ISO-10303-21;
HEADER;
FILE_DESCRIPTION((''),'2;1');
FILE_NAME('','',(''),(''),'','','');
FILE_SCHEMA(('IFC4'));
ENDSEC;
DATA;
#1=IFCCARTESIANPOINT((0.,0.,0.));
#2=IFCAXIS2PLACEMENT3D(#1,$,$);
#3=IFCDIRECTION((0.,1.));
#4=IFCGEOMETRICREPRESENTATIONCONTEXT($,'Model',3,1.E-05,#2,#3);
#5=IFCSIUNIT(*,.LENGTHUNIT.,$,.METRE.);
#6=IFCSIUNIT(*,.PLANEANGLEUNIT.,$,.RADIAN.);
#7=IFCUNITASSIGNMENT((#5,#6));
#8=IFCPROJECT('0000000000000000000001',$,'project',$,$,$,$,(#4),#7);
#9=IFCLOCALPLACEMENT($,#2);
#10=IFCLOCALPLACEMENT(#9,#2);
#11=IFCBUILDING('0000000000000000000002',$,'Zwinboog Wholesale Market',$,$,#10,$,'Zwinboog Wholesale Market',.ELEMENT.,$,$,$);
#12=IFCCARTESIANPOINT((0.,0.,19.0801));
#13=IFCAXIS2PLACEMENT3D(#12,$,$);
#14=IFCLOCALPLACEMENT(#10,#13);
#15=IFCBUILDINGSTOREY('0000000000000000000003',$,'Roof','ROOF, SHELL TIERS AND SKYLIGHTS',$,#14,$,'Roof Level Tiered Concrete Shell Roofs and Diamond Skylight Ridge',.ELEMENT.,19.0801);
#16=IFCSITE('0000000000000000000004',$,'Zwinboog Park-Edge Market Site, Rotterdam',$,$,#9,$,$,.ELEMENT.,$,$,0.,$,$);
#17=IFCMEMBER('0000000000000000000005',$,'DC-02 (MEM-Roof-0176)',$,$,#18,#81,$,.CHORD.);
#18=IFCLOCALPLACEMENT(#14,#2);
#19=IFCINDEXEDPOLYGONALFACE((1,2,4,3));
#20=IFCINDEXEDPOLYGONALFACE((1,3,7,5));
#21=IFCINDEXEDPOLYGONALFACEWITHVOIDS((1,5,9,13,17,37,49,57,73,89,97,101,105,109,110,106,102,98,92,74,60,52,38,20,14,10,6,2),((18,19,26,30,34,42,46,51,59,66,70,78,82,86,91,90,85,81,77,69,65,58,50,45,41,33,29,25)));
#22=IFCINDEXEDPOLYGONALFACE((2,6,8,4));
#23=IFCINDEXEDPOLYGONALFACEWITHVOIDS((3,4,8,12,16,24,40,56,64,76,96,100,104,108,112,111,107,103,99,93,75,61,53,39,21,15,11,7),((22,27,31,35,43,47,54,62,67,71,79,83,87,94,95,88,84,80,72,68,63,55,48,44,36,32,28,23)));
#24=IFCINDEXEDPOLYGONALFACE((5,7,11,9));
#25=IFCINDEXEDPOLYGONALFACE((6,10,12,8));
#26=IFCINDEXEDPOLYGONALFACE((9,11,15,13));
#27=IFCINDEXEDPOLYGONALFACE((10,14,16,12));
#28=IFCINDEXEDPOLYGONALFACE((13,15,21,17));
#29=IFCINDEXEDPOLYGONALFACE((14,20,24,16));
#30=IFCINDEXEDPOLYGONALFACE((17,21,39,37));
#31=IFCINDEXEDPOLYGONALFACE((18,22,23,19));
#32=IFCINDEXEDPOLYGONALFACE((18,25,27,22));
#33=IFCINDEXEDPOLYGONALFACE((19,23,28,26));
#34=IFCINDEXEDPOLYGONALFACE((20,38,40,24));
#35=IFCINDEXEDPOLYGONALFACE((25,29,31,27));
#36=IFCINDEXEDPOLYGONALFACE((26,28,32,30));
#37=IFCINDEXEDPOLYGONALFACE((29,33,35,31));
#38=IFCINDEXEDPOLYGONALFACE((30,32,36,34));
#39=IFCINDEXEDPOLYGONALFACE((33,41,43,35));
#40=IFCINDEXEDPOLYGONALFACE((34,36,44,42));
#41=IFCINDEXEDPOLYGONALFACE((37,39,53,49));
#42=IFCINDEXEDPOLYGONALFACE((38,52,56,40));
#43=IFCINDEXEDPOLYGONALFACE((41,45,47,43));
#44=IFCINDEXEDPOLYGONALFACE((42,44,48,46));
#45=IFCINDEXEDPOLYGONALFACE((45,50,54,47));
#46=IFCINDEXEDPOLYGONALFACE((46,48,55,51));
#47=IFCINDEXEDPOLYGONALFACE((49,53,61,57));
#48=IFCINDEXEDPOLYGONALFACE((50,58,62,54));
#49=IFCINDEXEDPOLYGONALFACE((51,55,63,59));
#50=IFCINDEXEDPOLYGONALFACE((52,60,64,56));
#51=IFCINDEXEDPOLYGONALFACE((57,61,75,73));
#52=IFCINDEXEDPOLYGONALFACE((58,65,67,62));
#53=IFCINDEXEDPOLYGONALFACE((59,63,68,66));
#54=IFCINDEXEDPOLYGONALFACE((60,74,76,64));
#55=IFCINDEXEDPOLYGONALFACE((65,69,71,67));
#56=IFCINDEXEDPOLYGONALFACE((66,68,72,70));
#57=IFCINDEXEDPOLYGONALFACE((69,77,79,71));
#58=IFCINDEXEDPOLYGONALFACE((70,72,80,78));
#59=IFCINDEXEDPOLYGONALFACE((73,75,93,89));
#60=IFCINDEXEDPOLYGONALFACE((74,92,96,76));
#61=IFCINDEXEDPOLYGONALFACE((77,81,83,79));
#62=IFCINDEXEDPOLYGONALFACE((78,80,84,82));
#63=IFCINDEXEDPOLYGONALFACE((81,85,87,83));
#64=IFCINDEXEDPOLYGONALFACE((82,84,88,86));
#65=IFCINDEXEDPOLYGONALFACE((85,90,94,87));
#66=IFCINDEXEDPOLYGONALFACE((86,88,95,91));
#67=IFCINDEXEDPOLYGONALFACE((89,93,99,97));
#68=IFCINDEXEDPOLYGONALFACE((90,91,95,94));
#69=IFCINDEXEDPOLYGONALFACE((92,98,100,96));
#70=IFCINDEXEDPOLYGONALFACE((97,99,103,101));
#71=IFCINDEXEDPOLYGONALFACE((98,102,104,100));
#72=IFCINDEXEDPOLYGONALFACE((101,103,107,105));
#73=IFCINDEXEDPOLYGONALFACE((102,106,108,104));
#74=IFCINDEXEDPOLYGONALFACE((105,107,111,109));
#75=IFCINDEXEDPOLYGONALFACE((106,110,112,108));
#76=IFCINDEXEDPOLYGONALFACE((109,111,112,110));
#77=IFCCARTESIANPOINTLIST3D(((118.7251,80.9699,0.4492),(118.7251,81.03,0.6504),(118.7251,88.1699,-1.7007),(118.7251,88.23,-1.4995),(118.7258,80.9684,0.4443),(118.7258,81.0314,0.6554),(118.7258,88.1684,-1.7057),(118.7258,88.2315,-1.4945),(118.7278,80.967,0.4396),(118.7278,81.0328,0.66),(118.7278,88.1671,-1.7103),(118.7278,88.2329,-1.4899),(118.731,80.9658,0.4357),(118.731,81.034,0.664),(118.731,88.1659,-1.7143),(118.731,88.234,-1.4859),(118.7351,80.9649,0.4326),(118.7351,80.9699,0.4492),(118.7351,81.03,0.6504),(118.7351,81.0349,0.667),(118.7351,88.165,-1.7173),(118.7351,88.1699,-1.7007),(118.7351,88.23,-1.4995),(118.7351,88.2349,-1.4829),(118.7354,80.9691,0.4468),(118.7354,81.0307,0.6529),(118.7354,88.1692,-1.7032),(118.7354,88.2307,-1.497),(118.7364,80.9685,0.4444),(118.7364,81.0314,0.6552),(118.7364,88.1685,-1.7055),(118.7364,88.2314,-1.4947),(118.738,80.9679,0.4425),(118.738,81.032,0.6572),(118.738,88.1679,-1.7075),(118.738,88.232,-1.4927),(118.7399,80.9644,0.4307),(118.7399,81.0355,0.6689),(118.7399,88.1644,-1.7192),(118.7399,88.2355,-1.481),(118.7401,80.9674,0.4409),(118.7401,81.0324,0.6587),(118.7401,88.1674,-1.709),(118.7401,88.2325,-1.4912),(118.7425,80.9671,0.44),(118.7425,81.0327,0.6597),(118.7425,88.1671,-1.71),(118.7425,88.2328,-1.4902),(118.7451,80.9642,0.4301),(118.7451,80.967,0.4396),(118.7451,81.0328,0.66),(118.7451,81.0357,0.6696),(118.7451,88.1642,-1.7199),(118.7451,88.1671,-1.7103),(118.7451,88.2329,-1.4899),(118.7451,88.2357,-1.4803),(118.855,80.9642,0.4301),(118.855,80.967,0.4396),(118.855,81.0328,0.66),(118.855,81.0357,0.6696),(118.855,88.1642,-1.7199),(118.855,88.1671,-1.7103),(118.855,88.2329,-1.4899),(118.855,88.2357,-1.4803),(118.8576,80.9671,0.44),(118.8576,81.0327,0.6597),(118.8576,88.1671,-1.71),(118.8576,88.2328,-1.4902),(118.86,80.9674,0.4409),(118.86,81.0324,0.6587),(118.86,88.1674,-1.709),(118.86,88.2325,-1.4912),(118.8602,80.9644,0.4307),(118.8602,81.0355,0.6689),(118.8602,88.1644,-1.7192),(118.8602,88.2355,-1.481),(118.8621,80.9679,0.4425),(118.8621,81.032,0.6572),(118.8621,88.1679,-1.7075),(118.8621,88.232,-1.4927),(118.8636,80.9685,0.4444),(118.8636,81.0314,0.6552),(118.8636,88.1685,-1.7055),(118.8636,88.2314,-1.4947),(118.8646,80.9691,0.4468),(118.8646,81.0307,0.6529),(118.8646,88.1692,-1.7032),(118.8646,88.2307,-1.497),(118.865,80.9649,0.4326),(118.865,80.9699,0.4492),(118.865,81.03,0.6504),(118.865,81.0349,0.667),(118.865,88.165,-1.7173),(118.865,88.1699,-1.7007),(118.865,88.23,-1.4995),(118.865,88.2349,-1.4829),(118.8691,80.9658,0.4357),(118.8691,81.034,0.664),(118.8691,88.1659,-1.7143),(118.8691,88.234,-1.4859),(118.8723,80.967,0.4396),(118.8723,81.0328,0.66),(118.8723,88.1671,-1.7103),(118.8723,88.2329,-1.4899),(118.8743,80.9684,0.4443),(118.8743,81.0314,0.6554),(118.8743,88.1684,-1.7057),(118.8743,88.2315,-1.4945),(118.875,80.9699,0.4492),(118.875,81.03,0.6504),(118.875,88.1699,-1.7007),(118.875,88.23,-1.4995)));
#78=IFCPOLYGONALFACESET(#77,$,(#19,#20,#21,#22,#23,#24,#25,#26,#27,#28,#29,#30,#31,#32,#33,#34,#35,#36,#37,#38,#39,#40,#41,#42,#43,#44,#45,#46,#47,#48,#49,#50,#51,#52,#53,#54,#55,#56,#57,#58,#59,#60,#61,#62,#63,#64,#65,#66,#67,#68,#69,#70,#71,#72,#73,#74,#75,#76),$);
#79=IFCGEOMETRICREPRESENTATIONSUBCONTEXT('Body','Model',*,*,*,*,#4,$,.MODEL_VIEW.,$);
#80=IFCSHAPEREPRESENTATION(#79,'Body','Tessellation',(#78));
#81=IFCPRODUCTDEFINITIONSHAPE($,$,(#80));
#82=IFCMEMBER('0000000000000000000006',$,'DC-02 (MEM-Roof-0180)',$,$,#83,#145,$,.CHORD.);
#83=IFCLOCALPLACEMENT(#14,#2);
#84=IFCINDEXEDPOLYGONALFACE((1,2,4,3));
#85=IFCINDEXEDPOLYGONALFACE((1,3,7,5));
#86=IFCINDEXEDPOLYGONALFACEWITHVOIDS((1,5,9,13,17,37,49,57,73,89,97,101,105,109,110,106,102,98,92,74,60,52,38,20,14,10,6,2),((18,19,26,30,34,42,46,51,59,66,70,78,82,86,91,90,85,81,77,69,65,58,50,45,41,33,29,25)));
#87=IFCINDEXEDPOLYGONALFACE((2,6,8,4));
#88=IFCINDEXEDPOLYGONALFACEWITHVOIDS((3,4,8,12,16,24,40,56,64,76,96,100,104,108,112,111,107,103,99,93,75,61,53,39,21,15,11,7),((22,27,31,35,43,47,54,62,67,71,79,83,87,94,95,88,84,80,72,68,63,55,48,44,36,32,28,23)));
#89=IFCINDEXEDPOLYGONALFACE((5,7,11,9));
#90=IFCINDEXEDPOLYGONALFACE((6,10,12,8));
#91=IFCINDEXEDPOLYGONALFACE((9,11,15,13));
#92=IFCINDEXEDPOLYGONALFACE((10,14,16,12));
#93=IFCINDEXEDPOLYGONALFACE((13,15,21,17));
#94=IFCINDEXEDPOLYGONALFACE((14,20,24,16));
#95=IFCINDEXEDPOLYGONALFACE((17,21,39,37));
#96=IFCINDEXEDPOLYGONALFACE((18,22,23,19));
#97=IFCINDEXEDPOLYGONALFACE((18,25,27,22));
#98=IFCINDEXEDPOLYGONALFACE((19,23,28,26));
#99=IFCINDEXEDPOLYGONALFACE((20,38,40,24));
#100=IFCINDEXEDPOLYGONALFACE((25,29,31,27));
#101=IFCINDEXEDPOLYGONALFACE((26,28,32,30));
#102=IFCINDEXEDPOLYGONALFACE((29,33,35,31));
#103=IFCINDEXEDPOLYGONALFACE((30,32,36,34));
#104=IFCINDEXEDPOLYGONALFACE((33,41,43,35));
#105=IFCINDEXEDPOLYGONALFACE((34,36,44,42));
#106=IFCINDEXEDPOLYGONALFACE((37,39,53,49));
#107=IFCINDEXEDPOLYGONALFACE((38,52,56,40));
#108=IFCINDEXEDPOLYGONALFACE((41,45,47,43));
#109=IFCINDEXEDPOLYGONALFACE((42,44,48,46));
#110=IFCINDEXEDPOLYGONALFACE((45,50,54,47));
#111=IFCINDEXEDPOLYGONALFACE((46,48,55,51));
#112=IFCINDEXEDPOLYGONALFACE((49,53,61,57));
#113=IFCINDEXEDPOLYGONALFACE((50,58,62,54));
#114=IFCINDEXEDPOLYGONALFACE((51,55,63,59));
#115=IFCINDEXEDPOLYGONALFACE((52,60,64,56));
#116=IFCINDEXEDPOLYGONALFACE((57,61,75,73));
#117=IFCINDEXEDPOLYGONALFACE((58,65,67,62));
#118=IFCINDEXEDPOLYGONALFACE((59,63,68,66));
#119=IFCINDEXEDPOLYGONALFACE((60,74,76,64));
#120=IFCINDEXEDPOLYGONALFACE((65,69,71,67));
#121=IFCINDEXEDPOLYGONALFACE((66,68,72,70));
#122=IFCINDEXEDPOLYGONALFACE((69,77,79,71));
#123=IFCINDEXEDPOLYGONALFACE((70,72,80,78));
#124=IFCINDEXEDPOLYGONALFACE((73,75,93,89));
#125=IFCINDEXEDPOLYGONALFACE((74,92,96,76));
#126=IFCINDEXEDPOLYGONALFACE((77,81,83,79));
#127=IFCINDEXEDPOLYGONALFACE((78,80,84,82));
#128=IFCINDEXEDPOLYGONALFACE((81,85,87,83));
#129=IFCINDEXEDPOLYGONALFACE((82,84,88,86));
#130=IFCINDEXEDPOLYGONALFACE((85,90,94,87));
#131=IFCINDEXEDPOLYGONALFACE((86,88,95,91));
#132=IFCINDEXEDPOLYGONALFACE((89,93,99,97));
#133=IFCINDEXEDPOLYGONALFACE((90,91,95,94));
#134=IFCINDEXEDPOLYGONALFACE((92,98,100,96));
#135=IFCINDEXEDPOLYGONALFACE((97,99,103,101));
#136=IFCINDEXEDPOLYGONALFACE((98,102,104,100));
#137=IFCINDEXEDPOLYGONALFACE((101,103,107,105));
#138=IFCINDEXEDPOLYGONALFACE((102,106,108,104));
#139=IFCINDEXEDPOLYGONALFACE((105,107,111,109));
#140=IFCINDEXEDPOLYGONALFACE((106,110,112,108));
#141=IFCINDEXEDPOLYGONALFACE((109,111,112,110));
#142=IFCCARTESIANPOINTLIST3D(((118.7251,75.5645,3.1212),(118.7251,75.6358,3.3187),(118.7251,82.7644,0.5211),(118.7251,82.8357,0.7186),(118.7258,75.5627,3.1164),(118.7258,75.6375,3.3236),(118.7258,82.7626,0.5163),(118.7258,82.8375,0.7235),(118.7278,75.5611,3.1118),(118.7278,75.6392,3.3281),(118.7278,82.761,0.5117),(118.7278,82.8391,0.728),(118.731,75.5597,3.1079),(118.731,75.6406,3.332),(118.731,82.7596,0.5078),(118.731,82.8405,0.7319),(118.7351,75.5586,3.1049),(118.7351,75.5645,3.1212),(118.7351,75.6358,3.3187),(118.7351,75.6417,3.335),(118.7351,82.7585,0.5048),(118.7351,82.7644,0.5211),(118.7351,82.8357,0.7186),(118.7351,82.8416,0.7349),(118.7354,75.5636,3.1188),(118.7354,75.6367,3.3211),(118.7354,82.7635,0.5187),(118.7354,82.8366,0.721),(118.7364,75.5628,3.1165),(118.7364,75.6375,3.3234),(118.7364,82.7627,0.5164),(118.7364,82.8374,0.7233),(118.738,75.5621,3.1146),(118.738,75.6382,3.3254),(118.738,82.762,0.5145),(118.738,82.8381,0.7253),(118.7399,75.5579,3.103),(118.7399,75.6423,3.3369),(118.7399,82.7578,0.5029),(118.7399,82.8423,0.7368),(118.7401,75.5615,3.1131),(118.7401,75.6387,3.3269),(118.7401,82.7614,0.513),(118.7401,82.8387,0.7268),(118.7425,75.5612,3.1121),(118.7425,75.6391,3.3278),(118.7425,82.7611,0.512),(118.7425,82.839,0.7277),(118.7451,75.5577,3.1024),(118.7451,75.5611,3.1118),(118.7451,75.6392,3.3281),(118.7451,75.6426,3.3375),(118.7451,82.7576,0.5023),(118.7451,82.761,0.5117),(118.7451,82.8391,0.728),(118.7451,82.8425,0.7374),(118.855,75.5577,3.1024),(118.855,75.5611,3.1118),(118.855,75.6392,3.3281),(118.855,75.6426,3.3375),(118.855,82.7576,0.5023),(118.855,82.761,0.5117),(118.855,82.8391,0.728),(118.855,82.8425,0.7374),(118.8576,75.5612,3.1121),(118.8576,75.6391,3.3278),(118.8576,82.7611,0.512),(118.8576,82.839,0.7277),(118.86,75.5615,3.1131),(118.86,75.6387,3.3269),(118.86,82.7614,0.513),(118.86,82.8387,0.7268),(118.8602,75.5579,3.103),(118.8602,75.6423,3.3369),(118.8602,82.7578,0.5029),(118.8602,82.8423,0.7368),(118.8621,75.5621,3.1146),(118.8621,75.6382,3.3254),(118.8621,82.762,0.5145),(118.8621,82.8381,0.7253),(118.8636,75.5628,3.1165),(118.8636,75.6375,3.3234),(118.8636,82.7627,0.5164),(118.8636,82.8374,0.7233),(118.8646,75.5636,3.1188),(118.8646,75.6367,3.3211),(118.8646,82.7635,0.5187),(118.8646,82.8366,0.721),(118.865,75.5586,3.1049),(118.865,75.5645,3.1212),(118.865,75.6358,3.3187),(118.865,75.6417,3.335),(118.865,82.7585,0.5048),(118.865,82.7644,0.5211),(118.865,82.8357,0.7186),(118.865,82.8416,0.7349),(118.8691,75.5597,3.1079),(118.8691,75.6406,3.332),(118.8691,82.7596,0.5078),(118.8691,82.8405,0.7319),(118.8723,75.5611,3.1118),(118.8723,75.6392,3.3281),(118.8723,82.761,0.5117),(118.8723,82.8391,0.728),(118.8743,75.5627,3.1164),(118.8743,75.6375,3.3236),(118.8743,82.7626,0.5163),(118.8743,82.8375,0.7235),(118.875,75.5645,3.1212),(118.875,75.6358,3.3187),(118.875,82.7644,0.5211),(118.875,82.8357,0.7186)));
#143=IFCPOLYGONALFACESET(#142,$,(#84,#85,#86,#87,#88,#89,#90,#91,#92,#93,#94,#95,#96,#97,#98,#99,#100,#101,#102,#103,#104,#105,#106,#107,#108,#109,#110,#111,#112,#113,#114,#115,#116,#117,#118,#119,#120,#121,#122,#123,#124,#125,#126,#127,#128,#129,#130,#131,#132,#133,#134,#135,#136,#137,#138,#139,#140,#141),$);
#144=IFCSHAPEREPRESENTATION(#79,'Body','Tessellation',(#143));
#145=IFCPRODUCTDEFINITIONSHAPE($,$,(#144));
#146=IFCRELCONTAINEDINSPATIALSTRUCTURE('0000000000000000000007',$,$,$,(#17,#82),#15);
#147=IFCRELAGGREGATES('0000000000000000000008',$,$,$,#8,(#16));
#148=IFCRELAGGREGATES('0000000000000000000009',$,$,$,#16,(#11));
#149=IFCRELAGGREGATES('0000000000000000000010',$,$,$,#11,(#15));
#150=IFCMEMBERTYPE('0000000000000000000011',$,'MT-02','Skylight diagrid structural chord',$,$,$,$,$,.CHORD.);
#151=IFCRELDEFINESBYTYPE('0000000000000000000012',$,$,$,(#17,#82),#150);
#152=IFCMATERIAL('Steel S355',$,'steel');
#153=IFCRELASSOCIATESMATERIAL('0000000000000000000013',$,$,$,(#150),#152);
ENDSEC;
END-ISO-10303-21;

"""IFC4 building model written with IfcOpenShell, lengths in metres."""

from ifc_helpers import new_model, si_unit, direction, frame, origin, origin_2d, place, context, subcontext, project, spatial, hollow_rectangle, extrude, material, material_profile, profile_set, type_object, element, save


model = new_model("IFC4")

# Units and contexts
model_context = context("Model", 3, precision=1e-05, world=origin(), true_north=direction((0.0, 1.0)))
body_context = subcontext(model_context, "Body", "Model", "MODEL_VIEW")
ifc_project = project(units=[si_unit("LENGTHUNIT", "METRE"), si_unit("PLANEANGLEUNIT", "RADIAN")], contexts=[model_context])

# Site, building, storey
site_placement = place(None, origin())
site = spatial("IfcSite", under=ifc_project, at=site_placement, Name="Zwinboog Park-Edge Market Site, Rotterdam", CompositionType="ELEMENT", RefElevation=0.0)
building_placement = place(site_placement, origin())
building = spatial("IfcBuilding", under=site, at=building_placement, Name="Zwinboog Wholesale Market", LongName="Zwinboog Wholesale Market", CompositionType="ELEMENT")
storey_placement = place(building_placement, frame((0.0, 0.0, 19.0801)))
storey = spatial("IfcBuildingStorey", under=building, at=storey_placement, Name="Roof", Description="ROOF, SHELL TIERS AND SKYLIGHTS", LongName="Roof Level Tiered Concrete Shell Roofs and Diamond Skylight Ridge", CompositionType="ELEMENT", Elevation=19.0801)

# Members
ifc_material_1 = material(Name="Steel S355", Category="steel")
ifc_material_profile_1 = material_profile(ifc_material_1, hollow_rectangle(XDim=0.1499, YDim=0.25, WallThickness=0.01, InnerFilletRadius=0.01, OuterFilletRadius=0.02, at=origin_2d()), Name="RHS 250x150x10")
ifc_profile_set_1 = profile_set([ifc_material_profile_1], Name="Steel S355")
member_type_1 = type_object("IfcMemberType", Name="MT-02", Description="Skylight diagrid structural chord", PredefinedType="CHORD", material=ifc_profile_set_1)
member_1_placement = place(storey_placement, frame((118.8, 88.2, -1.6001), z_axis=(0.0, -0.958195, 0.286117), x_axis=(1.0, 0.0, 0.0)))
element("IfcMember", 1, at=member_1_placement, inside=storey, type_object=member_type_1, Name="DC-02 (MEM-Roof-0176)", PredefinedType="CHORD", context=body_context, shape_type="SweptSolid", body=[
    extrude(hollow_rectangle(XDim=0.1499, YDim=0.25, WallThickness=0.01, InnerFilletRadius=0.01, OuterFilletRadius=0.02, at=origin_2d()), origin(), (0.0, 0.0, 1.0), 7.5142),
])
member_2_placement = place(storey_placement, frame((118.8, 82.8, 0.6199), z_axis=(0.0, -0.940549, 0.339658), x_axis=(1.0, 0.0, 0.0)))
element("IfcMember", 2, at=member_2_placement, inside=storey, type_object=member_type_1, Name="DC-02 (MEM-Roof-0180)", PredefinedType="CHORD", context=body_context, shape_type="SweptSolid", body=[
    extrude(hollow_rectangle(XDim=0.1499, YDim=0.25, WallThickness=0.01, InnerFilletRadius=0.01, OuterFilletRadius=0.02, at=origin_2d()), origin(), (0.0, 0.0, 1.0), 7.655),
])

save(model, "model.ifc")
